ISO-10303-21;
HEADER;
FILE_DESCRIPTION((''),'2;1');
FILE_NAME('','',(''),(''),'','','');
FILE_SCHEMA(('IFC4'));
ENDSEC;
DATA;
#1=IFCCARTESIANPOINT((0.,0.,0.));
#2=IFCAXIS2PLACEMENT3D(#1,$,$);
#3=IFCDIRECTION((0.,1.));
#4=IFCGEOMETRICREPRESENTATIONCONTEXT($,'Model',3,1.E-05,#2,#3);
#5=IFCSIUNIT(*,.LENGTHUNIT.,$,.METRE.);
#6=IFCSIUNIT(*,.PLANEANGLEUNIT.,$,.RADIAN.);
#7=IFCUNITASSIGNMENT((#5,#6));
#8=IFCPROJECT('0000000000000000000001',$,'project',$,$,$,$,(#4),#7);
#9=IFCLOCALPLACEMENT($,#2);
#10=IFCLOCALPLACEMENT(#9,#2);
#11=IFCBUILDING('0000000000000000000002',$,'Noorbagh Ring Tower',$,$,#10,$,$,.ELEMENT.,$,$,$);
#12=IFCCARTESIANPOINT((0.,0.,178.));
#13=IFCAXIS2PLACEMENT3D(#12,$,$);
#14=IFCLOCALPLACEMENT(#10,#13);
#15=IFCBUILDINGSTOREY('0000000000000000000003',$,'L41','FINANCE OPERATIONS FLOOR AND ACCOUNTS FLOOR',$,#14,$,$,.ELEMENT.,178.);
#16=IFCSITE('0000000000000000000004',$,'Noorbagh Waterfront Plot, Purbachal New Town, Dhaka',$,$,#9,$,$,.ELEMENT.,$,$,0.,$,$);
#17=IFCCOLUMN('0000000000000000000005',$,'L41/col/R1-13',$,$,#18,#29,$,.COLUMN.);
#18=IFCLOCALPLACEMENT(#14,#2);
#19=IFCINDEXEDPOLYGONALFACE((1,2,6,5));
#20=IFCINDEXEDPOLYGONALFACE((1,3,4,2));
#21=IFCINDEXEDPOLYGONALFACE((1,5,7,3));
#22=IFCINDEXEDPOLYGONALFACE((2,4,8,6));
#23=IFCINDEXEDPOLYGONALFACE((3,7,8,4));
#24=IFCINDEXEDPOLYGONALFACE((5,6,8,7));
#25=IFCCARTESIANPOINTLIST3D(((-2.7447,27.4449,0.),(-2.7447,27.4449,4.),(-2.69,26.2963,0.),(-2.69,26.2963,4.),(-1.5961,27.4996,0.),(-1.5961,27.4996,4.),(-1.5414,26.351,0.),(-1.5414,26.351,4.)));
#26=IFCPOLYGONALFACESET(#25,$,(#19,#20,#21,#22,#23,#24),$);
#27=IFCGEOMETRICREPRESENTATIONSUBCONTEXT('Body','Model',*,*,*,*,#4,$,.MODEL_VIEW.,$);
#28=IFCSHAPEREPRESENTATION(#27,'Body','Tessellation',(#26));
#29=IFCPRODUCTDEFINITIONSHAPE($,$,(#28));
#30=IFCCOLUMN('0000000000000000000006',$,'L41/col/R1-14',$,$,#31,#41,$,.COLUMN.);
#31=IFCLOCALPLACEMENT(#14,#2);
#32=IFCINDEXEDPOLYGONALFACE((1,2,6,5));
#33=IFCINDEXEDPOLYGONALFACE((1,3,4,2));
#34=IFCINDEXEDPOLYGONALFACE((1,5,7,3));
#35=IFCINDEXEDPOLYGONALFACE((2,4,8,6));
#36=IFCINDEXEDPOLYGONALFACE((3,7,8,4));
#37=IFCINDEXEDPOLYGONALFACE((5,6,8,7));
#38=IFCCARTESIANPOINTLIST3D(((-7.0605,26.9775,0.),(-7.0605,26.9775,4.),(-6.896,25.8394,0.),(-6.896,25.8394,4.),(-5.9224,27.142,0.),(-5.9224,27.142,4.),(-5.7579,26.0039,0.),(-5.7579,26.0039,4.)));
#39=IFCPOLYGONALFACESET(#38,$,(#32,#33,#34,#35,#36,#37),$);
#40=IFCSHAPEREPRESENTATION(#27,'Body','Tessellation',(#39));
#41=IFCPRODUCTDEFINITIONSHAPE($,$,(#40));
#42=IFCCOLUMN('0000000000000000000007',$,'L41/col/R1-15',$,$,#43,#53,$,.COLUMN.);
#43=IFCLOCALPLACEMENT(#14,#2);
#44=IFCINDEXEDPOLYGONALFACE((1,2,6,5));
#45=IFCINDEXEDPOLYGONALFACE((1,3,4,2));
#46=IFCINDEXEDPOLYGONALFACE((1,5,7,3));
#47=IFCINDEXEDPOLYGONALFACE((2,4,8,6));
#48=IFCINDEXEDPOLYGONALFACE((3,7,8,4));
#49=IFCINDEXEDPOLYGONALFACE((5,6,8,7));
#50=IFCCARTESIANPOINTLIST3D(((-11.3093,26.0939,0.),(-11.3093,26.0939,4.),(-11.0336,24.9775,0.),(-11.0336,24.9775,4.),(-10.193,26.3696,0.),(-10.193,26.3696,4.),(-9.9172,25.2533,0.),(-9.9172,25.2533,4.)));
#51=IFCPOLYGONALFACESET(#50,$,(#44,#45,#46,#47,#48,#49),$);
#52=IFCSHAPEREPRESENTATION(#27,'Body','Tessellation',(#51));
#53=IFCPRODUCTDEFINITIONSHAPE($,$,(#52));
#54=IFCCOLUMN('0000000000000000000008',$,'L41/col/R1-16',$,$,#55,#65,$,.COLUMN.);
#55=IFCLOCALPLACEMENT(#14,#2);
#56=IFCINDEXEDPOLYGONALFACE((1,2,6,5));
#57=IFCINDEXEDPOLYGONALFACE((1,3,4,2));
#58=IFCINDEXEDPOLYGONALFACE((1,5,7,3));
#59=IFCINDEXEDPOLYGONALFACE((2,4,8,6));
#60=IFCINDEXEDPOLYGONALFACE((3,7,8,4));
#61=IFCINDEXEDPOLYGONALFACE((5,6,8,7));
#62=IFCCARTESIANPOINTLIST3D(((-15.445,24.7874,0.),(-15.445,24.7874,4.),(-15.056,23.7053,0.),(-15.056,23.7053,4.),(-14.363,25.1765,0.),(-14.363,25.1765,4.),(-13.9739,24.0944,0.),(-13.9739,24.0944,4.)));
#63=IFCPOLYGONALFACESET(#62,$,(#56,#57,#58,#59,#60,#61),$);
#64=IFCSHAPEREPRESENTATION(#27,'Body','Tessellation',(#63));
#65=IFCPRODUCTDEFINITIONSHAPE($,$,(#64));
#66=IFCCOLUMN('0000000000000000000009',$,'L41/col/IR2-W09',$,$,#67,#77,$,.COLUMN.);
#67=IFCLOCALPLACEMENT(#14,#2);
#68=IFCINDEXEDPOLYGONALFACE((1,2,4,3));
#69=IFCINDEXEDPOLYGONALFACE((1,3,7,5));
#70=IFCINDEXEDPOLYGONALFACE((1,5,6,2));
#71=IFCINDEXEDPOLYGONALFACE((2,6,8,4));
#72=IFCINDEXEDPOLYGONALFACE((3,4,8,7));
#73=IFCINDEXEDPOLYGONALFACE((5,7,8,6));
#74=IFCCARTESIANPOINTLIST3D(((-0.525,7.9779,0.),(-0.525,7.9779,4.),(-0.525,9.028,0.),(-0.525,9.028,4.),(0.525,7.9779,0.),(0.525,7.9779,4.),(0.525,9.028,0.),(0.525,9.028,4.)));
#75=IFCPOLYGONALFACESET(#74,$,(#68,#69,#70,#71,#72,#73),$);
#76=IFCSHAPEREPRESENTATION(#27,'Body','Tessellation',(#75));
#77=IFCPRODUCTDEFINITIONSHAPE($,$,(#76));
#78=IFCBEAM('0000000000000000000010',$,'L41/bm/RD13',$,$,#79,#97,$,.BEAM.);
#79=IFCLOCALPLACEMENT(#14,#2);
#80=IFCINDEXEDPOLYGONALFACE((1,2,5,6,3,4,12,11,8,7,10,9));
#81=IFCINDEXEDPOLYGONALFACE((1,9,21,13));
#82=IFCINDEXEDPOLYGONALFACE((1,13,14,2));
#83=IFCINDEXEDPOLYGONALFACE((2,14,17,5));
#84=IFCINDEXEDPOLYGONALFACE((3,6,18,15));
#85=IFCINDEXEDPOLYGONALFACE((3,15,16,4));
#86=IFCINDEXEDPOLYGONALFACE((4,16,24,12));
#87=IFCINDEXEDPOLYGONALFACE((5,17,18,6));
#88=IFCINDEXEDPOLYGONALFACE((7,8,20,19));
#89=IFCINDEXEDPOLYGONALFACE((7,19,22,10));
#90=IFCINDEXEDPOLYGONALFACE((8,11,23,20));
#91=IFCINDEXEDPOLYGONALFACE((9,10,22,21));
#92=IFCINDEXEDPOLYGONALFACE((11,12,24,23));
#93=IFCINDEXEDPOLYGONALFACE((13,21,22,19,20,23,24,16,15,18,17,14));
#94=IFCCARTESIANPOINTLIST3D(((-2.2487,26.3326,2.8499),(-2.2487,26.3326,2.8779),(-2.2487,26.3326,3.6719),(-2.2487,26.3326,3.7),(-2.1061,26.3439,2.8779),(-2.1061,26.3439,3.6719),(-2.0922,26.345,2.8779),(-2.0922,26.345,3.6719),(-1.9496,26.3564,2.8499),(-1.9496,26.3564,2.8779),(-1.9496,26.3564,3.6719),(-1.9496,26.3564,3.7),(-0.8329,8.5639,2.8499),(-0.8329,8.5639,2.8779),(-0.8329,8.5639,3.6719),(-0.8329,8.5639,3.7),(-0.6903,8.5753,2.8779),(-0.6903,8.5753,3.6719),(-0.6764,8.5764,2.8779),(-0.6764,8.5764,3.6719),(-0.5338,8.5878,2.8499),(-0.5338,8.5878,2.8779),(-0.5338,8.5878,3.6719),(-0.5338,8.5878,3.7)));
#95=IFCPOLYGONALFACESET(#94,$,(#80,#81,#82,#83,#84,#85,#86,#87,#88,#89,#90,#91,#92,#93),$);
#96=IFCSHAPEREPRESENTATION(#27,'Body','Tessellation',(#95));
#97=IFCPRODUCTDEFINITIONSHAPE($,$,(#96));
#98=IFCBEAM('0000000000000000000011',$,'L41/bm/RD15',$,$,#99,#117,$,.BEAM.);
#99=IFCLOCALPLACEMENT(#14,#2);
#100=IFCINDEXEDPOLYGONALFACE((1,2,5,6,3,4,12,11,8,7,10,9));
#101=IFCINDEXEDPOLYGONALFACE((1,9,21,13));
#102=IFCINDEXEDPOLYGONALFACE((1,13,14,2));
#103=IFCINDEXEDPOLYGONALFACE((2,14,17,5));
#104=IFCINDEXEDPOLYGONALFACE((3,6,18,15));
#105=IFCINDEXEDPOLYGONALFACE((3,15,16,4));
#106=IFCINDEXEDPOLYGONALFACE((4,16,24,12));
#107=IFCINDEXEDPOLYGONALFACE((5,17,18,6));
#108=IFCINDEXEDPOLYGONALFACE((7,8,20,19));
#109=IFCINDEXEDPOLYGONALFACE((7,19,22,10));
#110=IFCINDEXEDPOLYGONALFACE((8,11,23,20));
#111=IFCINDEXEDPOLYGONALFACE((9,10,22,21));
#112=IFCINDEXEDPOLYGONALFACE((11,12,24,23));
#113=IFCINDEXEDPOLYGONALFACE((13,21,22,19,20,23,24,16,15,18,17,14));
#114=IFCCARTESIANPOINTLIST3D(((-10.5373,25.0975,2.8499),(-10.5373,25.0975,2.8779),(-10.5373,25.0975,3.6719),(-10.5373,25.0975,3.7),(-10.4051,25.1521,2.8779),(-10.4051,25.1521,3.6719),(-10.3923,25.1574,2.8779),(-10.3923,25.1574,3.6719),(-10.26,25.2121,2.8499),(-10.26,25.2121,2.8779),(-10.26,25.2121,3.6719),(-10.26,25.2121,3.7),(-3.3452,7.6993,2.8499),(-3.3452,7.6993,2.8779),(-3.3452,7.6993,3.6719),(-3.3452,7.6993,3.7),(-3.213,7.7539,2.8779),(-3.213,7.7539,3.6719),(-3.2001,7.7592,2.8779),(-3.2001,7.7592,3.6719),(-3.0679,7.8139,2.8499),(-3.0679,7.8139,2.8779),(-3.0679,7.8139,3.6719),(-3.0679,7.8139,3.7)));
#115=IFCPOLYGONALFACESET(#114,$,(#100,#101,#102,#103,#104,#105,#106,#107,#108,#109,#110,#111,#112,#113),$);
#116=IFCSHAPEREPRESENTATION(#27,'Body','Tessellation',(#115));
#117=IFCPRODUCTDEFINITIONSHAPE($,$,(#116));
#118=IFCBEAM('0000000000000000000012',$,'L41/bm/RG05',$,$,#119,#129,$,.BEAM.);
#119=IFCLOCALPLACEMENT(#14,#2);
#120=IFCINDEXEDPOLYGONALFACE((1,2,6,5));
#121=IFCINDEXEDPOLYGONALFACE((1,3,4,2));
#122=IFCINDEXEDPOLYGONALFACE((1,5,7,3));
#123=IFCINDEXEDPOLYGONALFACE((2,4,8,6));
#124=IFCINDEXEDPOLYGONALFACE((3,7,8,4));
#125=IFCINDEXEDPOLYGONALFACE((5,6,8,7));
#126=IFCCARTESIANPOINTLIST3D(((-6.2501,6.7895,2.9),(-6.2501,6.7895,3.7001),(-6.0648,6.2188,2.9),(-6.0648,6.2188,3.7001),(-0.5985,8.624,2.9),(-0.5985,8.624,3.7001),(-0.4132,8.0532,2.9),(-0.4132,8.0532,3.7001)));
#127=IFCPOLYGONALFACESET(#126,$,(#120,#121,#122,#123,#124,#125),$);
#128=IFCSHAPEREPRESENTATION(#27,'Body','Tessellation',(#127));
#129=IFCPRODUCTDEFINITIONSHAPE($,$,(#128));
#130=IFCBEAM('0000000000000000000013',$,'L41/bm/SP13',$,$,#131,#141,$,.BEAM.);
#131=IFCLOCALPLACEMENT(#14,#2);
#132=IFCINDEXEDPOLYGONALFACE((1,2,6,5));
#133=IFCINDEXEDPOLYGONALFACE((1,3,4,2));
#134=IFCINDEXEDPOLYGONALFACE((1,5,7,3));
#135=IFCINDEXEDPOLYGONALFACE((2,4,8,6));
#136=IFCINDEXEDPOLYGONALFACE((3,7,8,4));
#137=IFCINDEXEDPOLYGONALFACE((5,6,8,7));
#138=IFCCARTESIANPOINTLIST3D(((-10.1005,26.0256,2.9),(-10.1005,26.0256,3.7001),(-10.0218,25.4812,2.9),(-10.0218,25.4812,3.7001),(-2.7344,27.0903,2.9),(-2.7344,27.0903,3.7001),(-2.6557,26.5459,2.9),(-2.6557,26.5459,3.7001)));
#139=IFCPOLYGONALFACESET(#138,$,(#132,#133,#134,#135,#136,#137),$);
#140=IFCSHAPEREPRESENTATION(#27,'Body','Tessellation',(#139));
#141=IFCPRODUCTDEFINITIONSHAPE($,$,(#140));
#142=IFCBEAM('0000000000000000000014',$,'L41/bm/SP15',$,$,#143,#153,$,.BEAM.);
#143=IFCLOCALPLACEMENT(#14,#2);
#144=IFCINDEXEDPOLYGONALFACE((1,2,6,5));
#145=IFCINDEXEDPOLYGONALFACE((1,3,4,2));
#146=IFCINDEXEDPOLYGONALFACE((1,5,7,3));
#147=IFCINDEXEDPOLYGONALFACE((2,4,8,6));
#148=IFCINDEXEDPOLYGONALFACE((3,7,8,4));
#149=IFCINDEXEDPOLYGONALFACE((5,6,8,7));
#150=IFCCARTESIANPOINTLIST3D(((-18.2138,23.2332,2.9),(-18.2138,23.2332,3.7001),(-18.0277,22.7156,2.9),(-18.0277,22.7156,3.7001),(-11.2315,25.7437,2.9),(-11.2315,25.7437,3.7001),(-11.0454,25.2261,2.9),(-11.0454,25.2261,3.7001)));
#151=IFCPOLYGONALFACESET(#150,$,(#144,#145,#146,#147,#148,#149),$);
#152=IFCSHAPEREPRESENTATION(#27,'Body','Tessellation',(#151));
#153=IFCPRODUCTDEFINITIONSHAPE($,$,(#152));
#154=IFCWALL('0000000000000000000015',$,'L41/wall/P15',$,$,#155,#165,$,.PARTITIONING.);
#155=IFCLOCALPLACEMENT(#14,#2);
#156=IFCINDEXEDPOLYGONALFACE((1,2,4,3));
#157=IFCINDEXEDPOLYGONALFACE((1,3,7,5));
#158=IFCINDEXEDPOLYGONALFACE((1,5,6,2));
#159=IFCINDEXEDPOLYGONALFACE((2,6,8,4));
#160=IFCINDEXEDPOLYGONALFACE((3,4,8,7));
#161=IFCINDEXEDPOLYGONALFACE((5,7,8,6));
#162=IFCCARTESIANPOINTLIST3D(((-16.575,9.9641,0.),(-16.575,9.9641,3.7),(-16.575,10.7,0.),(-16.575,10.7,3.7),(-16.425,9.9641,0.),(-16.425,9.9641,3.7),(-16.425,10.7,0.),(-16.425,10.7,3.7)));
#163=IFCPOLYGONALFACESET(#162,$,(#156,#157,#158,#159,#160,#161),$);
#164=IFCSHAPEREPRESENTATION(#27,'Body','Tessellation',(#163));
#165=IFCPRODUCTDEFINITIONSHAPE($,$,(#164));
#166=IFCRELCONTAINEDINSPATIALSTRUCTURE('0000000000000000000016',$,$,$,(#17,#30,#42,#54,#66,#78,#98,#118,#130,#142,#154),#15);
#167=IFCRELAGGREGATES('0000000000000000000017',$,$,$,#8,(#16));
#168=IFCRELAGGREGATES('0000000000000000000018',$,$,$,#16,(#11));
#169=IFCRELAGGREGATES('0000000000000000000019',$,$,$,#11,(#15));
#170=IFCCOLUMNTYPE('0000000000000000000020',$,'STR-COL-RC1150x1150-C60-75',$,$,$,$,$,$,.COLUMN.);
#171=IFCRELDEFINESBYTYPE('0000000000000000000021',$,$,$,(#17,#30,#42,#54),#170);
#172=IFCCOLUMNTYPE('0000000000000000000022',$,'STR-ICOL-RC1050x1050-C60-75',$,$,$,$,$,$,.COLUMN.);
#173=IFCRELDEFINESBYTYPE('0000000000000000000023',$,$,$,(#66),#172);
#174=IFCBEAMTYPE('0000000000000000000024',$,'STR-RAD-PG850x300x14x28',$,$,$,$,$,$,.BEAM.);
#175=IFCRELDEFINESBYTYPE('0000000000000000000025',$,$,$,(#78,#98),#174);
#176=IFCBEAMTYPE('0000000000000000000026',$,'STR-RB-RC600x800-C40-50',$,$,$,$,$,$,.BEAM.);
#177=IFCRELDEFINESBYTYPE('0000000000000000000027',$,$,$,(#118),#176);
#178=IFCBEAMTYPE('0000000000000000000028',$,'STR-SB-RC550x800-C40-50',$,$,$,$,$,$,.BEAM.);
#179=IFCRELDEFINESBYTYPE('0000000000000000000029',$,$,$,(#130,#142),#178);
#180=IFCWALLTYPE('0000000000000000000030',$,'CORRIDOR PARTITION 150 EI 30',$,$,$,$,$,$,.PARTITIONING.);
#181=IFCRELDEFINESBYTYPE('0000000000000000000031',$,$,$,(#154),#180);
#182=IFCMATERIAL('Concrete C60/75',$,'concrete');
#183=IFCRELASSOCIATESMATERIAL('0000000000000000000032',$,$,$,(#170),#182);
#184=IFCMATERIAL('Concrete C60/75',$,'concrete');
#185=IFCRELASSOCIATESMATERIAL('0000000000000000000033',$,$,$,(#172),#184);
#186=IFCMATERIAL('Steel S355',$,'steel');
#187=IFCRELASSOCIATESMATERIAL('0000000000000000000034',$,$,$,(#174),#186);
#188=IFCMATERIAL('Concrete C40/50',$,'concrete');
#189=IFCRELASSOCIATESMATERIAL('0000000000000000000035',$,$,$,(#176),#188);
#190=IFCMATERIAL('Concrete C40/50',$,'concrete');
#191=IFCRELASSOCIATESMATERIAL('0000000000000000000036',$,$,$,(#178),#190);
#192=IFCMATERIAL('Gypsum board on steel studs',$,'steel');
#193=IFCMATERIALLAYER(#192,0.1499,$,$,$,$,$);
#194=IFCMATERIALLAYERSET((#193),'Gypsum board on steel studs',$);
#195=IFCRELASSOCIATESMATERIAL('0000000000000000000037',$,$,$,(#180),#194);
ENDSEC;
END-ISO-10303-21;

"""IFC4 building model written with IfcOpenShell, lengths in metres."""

from ifc_helpers import new_model, si_unit, direction, frame, frame_2d, origin, origin_2d, place, context, subcontext, project, spatial, rectangle, i_section, extrude, material, layer, layer_set, material_profile, profile_set, type_object, element, save


model = new_model("IFC4")

# Units and contexts
model_context = context("Model", 3, precision=1e-05, world=origin(), true_north=direction((0.0, 1.0)))
body_context = subcontext(model_context, "Body", "Model", "MODEL_VIEW")
ifc_project = project(units=[si_unit("LENGTHUNIT", "METRE"), si_unit("PLANEANGLEUNIT", "RADIAN")], contexts=[model_context])

# Site, building, storey
site_placement = place(None, origin())
site = spatial("IfcSite", under=ifc_project, at=site_placement, Name="Noorbagh Waterfront Plot, Purbachal New Town, Dhaka", CompositionType="ELEMENT", RefElevation=0.0)
building_placement = place(site_placement, origin())
building = spatial("IfcBuilding", under=site, at=building_placement, Name="Noorbagh Ring Tower", CompositionType="ELEMENT")
storey_placement = place(building_placement, frame((0.0, 0.0, 178.0)))
storey = spatial("IfcBuildingStorey", under=building, at=storey_placement, Name="L41", Description="FINANCE OPERATIONS FLOOR AND ACCOUNTS FLOOR", CompositionType="ELEMENT", Elevation=178.0)

# Columns
ifc_material_1 = material(Name="Concrete C60/75", Category="concrete")
ifc_material_profile_1 = material_profile(ifc_material_1, rectangle(XDim=1.1499, YDim=1.1499, at=origin_2d()), Name="RC1150x1150")
ifc_profile_set_1 = profile_set([ifc_material_profile_1], Name="Concrete C60/75")
column_type_1 = type_object("IfcColumnType", Name="STR-COL-RC1150x1150-C60-75", PredefinedType="COLUMN", material=ifc_profile_set_1)
for number, where, z_axis, x_axis, name in (
    (1, (-2.1431, 26.8979, 0.0), (0.0, 0.0, 1.0), (-0.998869, -0.047553, 0.0), "L41/col/R1-13"),
    (2, (-6.4092, 26.4907, 0.0), (0.0, 0.0, 1.0), (-0.989713, -0.143066, 0.0), "L41/col/R1-14"),
    (3, (-10.6133, 25.6736, 0.0), (0.0, 0.0, 1.0), (-0.970829, -0.239771, 0.0), "L41/col/R1-15"),
    (4, (-14.7095, 24.4409, 0.0), (0.0, 0.0, 1.0), (-0.941025, -0.338338, 0.0), "L41/col/R1-16"),
):
    element("IfcColumn", number, at=place(storey_placement, frame(where, z_axis=z_axis, x_axis=x_axis)), inside=storey, type_object=column_type_1, Name=name, PredefinedType="COLUMN", context=body_context, shape_type="SweptSolid", body=[
        extrude(rectangle(XDim=1.1499, YDim=1.1499, at=origin_2d()), origin(), (0.0, 0.0, 1.0), 4.0),
    ])
ifc_material_2 = material(Name="Concrete C60/75", Category="concrete")
ifc_material_profile_2 = material_profile(ifc_material_2, rectangle(XDim=1.05, YDim=1.05, at=origin_2d()), Name="RC1050x1050")
ifc_profile_set_2 = profile_set([ifc_material_profile_2], Name="Concrete C60/75")
column_type_2 = type_object("IfcColumnType", Name="STR-ICOL-RC1050x1050-C60-75", PredefinedType="COLUMN", material=ifc_profile_set_2)
column_placement = place(storey_placement, frame((0.0, 8.5029, 0.0), z_axis=(0.0, 0.0, 1.0), x_axis=(-1.0, 0.0, 0.0)))
element("IfcColumn", 5, at=column_placement, inside=storey, type_object=column_type_2, Name="L41/col/IR2-W09", PredefinedType="COLUMN", context=body_context, shape_type="SweptSolid", body=[
    extrude(rectangle(XDim=1.05, YDim=1.05, at=origin_2d()), origin(), (0.0, 0.0, 1.0), 4.0),
])

# Beams
ifc_material_3 = material(Name="Steel S355", Category="steel")
ifc_material_profile_3 = material_profile(ifc_material_3, i_section(OverallWidth=0.3, OverallDepth=0.8501, WebThickness=0.0139, FlangeThickness=0.0281, at=origin_2d()), Name="PG850x300x14x28")
ifc_profile_set_3 = profile_set([ifc_material_profile_3], Name="Steel S355")
beam_type_1 = type_object("IfcBeamType", Name="STR-RAD-PG850x300x14x28", PredefinedType="BEAM", material=ifc_profile_set_3)
beam_1_placement = place(storey_placement, frame((-2.0991, 26.3445, 3.2749), z_axis=(0.079427, -0.996841, 0.0), x_axis=(0.996841, 0.079427, 0.0)))
element("IfcBeam", 6, at=beam_1_placement, inside=storey, type_object=beam_type_1, Name="L41/bm/RD13", PredefinedType="BEAM", context=body_context, shape_type="SweptSolid", body=[
    extrude(i_section(OverallWidth=0.3, OverallDepth=0.8501, WebThickness=0.0139, FlangeThickness=0.0281, at=origin_2d()), origin(), (0.0, 0.0, 1.0), 17.825),
])
beam_2_placement = place(storey_placement, frame((-10.3987, 25.1548, 3.2749), z_axis=(0.382029, -0.92415, 0.0), x_axis=(0.92415, 0.382029, 0.0)))
element("IfcBeam", 7, at=beam_2_placement, inside=storey, type_object=beam_type_1, Name="L41/bm/RD15", PredefinedType="BEAM", context=body_context, shape_type="SweptSolid", body=[
    extrude(i_section(OverallWidth=0.3, OverallDepth=0.8501, WebThickness=0.0139, FlangeThickness=0.0281, at=origin_2d()), origin(), (0.0, 0.0, 1.0), 18.8262),
])
ifc_material_4 = material(Name="Concrete C40/50", Category="concrete")
ifc_material_profile_4 = material_profile(ifc_material_4, rectangle(XDim=0.6001, YDim=0.8, at=origin_2d()), Name="RC600x800")
ifc_profile_set_4 = profile_set([ifc_material_profile_4], Name="Concrete C40/50")
beam_type_2 = type_object("IfcBeamType", Name="STR-RB-RC600x800-C40-50", PredefinedType="BEAM", material=ifc_profile_set_4)
beam_3_placement = place(storey_placement, frame((-0.5059, 8.3386, 3.3), z_axis=(-0.951148, -0.308736, 0.0), x_axis=(0.308736, -0.951148, 0.0)))
element("IfcBeam", 8, at=beam_3_placement, inside=storey, type_object=beam_type_2, Name="L41/bm/RG05", PredefinedType="BEAM", context=body_context, shape_type="SweptSolid", body=[
    extrude(rectangle(XDim=0.6001, YDim=0.8, at=origin_2d()), origin(), (0.0, 0.0, 1.0), 5.9419),
])
ifc_material_5 = material(Name="Concrete C40/50", Category="concrete")
ifc_material_profile_5 = material_profile(ifc_material_5, rectangle(XDim=0.55, YDim=0.8, at=origin_2d()), Name="RC550x800")
ifc_profile_set_5 = profile_set([ifc_material_profile_5], Name="Concrete C40/50")
beam_type_3 = type_object("IfcBeamType", Name="STR-SB-RC550x800-C40-50", PredefinedType="BEAM", material=ifc_profile_set_5)
beam_4_placement = place(storey_placement, frame((-2.6951, 26.8181, 3.3), z_axis=(-0.989715, -0.143056, 0.0), x_axis=(0.143056, -0.989715, 0.0)))
element("IfcBeam", 9, at=beam_4_placement, inside=storey, type_object=beam_type_3, Name="L41/bm/SP13", PredefinedType="BEAM", context=body_context, shape_type="SweptSolid", body=[
    extrude(rectangle(XDim=0.55, YDim=0.8, at=origin_2d()), origin(), (0.0, 0.0, 1.0), 7.4426),
])
beam_5_placement = place(storey_placement, frame((-11.1384, 25.4849, 3.3), z_axis=(-0.941024, -0.338341, 0.0), x_axis=(0.338341, -0.941024, 0.0)))
element("IfcBeam", 10, at=beam_5_placement, inside=storey, type_object=beam_type_3, Name="L41/bm/SP15", PredefinedType="BEAM", context=body_context, shape_type="SweptSolid", body=[
    extrude(rectangle(XDim=0.55, YDim=0.8, at=origin_2d()), origin(), (0.0, 0.0, 1.0), 7.4199),
])

# Wall
ifc_material_6 = material(Name="Gypsum board on steel studs", Category="steel")
ifc_layer_1 = layer(ifc_material_6, 0.1499)
ifc_layer_set_1 = layer_set([ifc_layer_1], Name="Gypsum board on steel studs")
wall_type_1 = type_object("IfcWallType", Name="CORRIDOR PARTITION 150 EI 30", PredefinedType="PARTITIONING", material=ifc_layer_set_1)
wall_1_placement = place(storey_placement, frame((-16.5, 9.9641, 0.0), z_axis=(0.0, 0.0, 1.0), x_axis=(0.0, 1.0, 0.0)))
element("IfcWall", 11, at=wall_1_placement, inside=storey, type_object=wall_type_1, Name="L41/wall/P15", PredefinedType="PARTITIONING", context=body_context, shape_type="SweptSolid", body=[
    extrude(rectangle(XDim=0.7358, YDim=0.1499, at=frame_2d((0.3679, 0.0))), origin(), (0.0, 0.0, 1.0), 3.7),
])

save(model, "model.ifc")
